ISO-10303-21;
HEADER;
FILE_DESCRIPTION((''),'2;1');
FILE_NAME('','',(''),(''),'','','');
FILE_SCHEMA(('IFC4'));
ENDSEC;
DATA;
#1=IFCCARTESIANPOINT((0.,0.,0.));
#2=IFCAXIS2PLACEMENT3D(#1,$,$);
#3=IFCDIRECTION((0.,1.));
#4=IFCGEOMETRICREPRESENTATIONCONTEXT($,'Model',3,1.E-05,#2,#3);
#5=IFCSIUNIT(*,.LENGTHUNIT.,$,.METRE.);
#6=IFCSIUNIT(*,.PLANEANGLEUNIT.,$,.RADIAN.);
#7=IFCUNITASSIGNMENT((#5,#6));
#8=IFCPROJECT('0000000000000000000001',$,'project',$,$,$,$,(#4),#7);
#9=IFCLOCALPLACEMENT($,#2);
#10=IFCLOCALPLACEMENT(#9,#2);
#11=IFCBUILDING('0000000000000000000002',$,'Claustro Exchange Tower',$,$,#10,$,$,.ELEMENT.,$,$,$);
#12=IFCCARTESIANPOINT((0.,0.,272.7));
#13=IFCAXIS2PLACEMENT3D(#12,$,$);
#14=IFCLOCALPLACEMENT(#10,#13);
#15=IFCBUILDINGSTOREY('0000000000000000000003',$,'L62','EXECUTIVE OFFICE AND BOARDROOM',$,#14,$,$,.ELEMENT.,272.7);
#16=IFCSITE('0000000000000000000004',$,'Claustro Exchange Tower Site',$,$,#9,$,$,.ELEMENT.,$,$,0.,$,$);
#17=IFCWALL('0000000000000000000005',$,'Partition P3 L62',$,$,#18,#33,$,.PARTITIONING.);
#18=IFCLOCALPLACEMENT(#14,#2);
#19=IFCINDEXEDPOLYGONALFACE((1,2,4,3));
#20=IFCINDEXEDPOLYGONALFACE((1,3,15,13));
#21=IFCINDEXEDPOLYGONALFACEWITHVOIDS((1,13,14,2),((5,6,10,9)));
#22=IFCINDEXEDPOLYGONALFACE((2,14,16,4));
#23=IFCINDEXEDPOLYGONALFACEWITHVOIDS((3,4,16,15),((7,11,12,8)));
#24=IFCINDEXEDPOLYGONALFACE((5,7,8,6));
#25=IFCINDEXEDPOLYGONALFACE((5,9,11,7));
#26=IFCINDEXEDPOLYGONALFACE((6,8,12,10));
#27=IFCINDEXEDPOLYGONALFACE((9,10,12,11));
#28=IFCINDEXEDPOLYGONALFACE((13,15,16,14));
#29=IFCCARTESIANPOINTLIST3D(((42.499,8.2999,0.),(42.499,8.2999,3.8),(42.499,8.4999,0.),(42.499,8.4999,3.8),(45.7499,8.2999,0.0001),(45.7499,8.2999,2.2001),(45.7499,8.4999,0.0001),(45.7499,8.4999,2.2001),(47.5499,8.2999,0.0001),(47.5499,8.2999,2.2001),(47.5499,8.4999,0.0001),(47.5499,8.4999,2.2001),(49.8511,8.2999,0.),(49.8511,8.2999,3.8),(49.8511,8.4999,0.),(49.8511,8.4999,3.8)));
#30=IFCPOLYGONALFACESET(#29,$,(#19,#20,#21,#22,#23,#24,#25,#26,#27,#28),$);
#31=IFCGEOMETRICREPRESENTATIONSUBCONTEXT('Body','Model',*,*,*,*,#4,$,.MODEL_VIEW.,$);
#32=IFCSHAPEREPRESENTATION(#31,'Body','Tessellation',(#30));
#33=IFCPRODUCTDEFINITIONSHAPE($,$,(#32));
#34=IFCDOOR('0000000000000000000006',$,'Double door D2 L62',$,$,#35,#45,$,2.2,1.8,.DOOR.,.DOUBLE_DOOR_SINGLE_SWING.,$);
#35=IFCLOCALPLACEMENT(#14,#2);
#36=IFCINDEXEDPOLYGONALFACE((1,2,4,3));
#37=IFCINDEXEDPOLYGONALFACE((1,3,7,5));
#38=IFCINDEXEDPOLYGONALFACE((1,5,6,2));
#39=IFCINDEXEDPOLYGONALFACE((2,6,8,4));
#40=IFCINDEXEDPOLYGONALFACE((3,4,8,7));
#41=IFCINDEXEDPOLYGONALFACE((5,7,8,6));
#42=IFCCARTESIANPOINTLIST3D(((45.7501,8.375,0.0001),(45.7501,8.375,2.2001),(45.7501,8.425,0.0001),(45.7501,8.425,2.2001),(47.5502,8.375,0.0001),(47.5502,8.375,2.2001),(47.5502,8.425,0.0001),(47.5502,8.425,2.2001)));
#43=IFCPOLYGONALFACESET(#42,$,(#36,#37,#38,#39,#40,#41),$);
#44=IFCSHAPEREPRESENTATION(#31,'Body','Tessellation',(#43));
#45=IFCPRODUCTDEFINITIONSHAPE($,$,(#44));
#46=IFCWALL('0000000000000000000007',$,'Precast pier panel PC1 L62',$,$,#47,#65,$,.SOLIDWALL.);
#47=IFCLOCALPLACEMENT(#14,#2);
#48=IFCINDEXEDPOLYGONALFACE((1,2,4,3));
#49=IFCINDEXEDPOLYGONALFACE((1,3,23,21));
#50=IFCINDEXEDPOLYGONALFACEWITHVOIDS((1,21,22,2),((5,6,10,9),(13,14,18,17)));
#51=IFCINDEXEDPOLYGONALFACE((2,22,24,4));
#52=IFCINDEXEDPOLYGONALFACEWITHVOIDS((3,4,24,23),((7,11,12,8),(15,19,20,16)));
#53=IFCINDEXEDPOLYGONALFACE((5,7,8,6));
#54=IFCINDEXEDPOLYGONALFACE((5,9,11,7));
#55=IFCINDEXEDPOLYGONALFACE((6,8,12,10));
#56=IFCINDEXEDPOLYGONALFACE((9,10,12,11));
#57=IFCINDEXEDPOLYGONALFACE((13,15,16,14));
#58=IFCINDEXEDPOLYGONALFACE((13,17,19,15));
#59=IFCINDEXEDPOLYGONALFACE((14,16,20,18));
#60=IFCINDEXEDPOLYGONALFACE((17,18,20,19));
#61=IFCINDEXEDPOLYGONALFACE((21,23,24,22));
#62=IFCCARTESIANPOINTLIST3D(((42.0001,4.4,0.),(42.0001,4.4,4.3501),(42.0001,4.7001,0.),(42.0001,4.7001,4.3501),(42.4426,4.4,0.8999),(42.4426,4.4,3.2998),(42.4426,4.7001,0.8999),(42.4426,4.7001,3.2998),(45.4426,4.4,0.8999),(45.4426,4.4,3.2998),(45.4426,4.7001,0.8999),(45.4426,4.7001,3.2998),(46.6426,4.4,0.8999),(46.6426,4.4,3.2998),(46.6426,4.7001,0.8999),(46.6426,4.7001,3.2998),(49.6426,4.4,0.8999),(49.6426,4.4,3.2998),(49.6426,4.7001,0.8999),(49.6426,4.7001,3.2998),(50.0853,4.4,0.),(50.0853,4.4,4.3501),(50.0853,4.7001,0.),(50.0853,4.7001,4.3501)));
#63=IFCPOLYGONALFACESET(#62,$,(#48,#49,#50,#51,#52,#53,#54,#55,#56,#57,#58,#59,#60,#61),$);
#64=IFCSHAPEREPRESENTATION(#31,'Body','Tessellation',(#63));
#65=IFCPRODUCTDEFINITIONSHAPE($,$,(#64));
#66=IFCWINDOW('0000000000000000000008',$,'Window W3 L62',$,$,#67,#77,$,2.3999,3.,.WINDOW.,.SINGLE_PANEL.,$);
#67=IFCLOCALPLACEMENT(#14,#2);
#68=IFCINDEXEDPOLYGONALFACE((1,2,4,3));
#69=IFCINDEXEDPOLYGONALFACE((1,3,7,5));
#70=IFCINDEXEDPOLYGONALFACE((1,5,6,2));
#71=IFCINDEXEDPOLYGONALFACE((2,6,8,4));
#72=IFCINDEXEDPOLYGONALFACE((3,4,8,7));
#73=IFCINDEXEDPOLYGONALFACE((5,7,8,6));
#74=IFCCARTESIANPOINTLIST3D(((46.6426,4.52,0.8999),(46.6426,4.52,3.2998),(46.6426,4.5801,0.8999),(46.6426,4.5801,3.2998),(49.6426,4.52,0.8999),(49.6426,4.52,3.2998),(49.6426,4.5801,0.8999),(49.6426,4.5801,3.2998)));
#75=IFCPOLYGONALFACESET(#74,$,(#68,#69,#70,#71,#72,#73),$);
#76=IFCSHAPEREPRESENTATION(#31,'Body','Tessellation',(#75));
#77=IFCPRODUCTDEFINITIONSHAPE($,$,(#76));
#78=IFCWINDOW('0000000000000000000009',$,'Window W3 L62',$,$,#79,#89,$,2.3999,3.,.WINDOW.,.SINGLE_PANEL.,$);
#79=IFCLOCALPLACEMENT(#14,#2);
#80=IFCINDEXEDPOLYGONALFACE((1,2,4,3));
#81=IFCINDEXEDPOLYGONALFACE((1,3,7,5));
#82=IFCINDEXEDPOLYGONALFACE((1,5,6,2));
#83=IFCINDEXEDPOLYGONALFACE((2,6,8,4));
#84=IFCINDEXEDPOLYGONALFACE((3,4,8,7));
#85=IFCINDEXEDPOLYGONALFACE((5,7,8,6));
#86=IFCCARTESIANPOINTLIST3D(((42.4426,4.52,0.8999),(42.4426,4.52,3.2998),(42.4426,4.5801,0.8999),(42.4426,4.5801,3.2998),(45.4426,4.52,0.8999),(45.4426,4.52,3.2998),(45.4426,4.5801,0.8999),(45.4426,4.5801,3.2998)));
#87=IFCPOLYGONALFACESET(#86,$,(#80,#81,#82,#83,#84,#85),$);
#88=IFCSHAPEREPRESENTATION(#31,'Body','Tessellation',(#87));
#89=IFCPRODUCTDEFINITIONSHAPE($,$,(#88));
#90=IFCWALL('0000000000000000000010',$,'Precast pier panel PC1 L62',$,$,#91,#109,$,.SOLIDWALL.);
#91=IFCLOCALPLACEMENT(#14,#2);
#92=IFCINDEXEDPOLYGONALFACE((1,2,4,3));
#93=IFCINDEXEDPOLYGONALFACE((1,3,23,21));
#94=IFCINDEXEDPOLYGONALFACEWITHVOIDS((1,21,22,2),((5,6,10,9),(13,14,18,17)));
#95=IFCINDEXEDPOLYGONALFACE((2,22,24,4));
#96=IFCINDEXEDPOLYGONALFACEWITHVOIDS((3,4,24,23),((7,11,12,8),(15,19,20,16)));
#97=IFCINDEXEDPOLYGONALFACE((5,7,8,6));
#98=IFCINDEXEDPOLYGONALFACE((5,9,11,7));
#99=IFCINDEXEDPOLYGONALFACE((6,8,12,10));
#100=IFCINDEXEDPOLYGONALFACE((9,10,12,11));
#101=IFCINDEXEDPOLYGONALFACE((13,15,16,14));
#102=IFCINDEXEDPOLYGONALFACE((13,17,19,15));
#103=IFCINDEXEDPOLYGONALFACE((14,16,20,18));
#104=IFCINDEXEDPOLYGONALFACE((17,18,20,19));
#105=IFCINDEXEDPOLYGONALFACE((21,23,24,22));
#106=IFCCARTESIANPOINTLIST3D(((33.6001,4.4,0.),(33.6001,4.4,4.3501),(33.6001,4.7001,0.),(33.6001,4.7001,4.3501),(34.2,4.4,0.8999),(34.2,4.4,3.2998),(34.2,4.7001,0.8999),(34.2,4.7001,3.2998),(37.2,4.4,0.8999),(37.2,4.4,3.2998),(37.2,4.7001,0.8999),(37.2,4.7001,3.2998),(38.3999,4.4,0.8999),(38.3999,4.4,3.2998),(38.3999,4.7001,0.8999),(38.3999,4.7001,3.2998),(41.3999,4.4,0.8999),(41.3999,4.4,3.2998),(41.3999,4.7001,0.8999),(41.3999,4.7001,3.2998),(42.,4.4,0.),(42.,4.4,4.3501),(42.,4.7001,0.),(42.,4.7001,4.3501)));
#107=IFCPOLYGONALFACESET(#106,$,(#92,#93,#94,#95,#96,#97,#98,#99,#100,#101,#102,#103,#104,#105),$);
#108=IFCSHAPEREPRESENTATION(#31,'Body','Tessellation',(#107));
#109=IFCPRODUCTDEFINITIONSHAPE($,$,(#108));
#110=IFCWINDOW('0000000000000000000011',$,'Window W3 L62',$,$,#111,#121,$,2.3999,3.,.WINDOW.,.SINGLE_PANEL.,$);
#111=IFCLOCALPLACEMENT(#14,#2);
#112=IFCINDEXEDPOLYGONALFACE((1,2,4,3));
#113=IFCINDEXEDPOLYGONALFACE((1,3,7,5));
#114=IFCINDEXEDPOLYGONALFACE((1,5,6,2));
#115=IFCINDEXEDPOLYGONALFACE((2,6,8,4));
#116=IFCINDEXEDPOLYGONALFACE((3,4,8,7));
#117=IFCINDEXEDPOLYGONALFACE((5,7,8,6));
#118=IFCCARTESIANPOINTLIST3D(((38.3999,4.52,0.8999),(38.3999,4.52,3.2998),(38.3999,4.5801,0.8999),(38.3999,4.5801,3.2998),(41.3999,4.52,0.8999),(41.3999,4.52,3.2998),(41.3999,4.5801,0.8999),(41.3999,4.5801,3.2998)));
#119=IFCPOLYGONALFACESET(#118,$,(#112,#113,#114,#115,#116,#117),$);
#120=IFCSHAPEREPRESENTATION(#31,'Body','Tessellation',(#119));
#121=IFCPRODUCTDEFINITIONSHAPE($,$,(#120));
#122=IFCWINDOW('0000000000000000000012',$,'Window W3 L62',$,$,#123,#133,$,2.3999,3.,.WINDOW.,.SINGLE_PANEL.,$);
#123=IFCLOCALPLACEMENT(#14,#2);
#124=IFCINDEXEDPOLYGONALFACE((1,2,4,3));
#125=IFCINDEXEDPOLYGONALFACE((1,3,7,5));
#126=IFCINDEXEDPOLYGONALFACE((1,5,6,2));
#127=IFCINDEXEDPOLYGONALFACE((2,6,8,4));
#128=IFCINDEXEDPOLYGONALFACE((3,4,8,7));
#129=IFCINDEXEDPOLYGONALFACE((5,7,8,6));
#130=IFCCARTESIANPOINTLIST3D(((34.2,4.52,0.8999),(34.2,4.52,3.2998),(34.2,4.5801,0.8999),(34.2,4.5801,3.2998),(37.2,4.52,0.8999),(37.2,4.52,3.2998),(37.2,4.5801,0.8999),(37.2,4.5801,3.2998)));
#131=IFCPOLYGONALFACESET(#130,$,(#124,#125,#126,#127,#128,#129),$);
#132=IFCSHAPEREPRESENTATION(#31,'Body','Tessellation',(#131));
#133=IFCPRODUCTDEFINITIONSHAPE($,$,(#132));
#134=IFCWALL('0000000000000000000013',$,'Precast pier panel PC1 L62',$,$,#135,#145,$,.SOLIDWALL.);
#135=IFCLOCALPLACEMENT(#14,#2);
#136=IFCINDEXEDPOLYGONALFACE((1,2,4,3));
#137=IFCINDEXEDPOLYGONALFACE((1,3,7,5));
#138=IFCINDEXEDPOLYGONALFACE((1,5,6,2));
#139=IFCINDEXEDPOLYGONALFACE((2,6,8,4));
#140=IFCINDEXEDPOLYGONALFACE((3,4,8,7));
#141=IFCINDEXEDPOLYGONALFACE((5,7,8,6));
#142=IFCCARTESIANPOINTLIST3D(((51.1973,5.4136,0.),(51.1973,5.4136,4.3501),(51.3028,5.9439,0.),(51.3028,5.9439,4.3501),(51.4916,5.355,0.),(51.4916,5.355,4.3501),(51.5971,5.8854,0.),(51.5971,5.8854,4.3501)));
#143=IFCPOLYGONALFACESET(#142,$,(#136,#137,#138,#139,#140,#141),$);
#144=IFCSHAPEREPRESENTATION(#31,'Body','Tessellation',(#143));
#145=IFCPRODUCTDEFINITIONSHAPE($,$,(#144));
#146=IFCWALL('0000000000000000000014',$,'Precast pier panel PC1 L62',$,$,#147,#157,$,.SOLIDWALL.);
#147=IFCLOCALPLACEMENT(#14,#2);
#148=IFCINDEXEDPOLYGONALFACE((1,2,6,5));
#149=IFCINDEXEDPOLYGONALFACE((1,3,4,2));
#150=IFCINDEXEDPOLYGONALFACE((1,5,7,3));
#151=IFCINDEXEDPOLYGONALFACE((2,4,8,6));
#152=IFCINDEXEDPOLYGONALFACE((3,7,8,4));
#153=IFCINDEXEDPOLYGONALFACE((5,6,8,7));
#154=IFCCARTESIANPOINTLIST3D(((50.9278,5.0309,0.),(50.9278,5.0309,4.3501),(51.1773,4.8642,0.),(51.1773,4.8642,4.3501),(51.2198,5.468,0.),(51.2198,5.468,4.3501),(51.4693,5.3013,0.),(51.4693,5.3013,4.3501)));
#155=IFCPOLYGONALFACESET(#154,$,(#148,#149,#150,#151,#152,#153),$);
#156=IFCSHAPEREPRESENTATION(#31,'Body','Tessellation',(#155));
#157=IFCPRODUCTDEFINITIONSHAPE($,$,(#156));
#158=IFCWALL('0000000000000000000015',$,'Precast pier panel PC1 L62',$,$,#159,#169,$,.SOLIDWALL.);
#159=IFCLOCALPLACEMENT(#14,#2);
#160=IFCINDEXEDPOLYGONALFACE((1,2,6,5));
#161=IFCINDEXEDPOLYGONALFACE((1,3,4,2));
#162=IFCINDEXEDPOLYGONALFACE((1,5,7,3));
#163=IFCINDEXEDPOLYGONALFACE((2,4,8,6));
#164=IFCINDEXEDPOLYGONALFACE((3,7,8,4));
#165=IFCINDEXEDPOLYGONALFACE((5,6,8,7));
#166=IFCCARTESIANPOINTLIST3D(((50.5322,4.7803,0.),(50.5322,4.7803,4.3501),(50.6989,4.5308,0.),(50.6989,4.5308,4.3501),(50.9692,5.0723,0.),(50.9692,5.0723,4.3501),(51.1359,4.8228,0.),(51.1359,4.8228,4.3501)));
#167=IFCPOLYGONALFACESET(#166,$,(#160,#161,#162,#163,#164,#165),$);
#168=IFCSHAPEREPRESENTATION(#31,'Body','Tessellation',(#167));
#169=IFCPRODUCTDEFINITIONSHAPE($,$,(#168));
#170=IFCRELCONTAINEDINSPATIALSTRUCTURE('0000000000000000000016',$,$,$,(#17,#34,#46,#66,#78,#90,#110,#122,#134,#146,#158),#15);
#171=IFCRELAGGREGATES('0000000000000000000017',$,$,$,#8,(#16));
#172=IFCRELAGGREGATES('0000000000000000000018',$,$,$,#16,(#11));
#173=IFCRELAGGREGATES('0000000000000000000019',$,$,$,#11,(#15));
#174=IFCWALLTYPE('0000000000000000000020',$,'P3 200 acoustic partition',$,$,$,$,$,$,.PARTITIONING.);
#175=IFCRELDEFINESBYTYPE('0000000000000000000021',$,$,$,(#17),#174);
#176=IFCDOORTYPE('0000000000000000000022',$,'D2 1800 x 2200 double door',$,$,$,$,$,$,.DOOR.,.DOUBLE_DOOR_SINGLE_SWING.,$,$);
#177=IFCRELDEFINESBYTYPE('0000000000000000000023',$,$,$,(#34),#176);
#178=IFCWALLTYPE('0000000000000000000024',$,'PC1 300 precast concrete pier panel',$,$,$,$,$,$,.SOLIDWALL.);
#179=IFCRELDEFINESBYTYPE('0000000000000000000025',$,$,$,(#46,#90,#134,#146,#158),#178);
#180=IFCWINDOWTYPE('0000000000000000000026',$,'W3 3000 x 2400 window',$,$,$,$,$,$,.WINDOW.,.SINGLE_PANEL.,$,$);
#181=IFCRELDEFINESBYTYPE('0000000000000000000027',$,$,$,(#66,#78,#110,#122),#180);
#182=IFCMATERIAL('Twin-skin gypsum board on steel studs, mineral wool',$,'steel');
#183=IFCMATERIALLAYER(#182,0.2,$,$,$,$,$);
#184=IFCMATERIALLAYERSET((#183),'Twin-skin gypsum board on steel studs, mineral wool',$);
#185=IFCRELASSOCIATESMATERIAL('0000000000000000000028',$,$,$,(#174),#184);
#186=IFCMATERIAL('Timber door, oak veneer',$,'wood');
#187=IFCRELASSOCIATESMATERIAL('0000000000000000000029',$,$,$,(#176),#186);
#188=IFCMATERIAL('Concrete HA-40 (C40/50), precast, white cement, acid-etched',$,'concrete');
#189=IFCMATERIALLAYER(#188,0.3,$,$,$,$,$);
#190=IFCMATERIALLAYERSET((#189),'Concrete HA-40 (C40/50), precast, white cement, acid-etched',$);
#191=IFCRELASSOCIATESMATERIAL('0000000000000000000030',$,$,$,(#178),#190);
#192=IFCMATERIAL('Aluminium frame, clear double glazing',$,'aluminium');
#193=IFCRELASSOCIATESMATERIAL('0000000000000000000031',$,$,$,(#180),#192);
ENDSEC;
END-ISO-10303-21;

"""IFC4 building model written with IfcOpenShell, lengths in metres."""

from ifc_helpers import new_model, si_unit, direction, frame, frame_2d, origin, place, context, subcontext, project, spatial, rectangle, extrude, material, layer, layer_set, type_object, element, fill, save


model = new_model("IFC4")

# Units and contexts
model_context = context("Model", 3, precision=1e-05, world=origin(), true_north=direction((0.0, 1.0)))
body_context = subcontext(model_context, "Body", "Model", "MODEL_VIEW")
ifc_project = project(units=[si_unit("LENGTHUNIT", "METRE"), si_unit("PLANEANGLEUNIT", "RADIAN")], contexts=[model_context])

# Site, building, storey
site_placement = place(None, origin())
site = spatial("IfcSite", under=ifc_project, at=site_placement, Name="Claustro Exchange Tower Site", CompositionType="ELEMENT", RefElevation=0.0)
building_placement = place(site_placement, origin())
building = spatial("IfcBuilding", under=site, at=building_placement, Name="Claustro Exchange Tower", CompositionType="ELEMENT")
storey_placement = place(building_placement, frame((0.0, 0.0, 272.7)))
storey = spatial("IfcBuildingStorey", under=building, at=storey_placement, Name="L62", Description="EXECUTIVE OFFICE AND BOARDROOM", CompositionType="ELEMENT", Elevation=272.7)

# Wall, opening, door
ifc_material_1 = material(Name="Twin-skin gypsum board on steel studs, mineral wool", Category="steel")
ifc_layer_1 = layer(ifc_material_1, 0.2)
ifc_layer_set_1 = layer_set([ifc_layer_1], Name="Twin-skin gypsum board on steel studs, mineral wool")
wall_type_1 = type_object("IfcWallType", Name="P3 200 acoustic partition", PredefinedType="PARTITIONING", material=ifc_layer_set_1)
wall_1_placement = place(storey_placement, frame((42.499, 8.3999, 0.0), z_axis=(0.0, 0.0, 1.0), x_axis=(1.0, 0.0, 0.0)))
wall_1 = element("IfcWall", 1, at=wall_1_placement, inside=storey, type_object=wall_type_1, Name="Partition P3 L62", PredefinedType="PARTITIONING", context=body_context, shape_type="SweptSolid", body=[
    extrude(rectangle(XDim=7.3521, YDim=0.2, at=frame_2d((3.676, 0.0))), origin(), (0.0, 0.0, 1.0), 3.8),
])
opening_1_placement = place(wall_1_placement, frame((3.251, 0.0, 0.0)))
opening_1 = element("IfcOpeningElement", 2, at=opening_1_placement, cuts=wall_1, PredefinedType="OPENING", context=body_context, shape_type="SweptSolid", body=[
    extrude(rectangle(XDim=1.8, YDim=2.2, at=frame_2d((0.8999, 1.1001))), frame((0.0, 0.1099, 0.0), z_axis=(0.0, -1.0, 0.0), x_axis=(1.0, 0.0, 0.0)), (0.0, 0.0, 1.0), 0.22),
])
ifc_material_2 = material(Name="Timber door, oak veneer", Category="wood")
door_type = type_object("IfcDoorType", Name="D2 1800 x 2200 double door", OperationType="DOUBLE_DOOR_SINGLE_SWING", PredefinedType="DOOR", material=ifc_material_2)
door_placement = place(opening_1_placement, frame((1.8, 0.0, 0.0), z_axis=(0.0, 0.0, 1.0), x_axis=(-1.0, 0.0, 0.0)))
door = element("IfcDoor", 3, at=door_placement, inside=storey, type_object=door_type, Name="Double door D2 L62", OperationType="DOUBLE_DOOR_SINGLE_SWING", OverallHeight=2.2, OverallWidth=1.8, PredefinedType="DOOR", context=body_context, shape_type="SweptSolid", body=[
    extrude(rectangle(XDim=1.8, YDim=2.2, at=frame_2d((0.8999, 1.1001))), frame((0.0, 0.0249, 0.0), z_axis=(0.0, -1.0, 0.0), x_axis=(1.0, 0.0, 0.0)), (0.0, 0.0, 1.0), 0.05),
])
fill(opening_1, door)

# Walls, openings, windows
ifc_material_3 = material(Name="Concrete HA-40 (C40/50), precast, white cement, acid-etched", Category="concrete")
ifc_layer_2 = layer(ifc_material_3, 0.3)
ifc_layer_set_2 = layer_set([ifc_layer_2], Name="Concrete HA-40 (C40/50), precast, white cement, acid-etched")
wall_type_2 = type_object("IfcWallType", Name="PC1 300 precast concrete pier panel", PredefinedType="SOLIDWALL", material=ifc_layer_set_2)
wall_2_placement = place(storey_placement, frame((50.0852, 4.55, 0.0), z_axis=(0.0, 0.0, 1.0), x_axis=(-1.0, 0.0, 0.0)))
wall_2 = element("IfcWall", 4, at=wall_2_placement, inside=storey, type_object=wall_type_2, Name="Precast pier panel PC1 L62", PredefinedType="SOLIDWALL", context=body_context, shape_type="SweptSolid", body=[
    extrude(rectangle(XDim=8.0852, YDim=0.3, at=frame_2d((4.0425, 0.0))), origin(), (0.0, 0.0, 1.0), 4.3501),
])
opening_2_placement = place(wall_2_placement, frame((0.4426, 0.0, 0.8999)))
opening_2 = element("IfcOpeningElement", 5, at=opening_2_placement, cuts=wall_2, PredefinedType="OPENING", context=body_context, shape_type="SweptSolid", body=[
    extrude(rectangle(XDim=3.0, YDim=2.3999, at=frame_2d((1.5, 1.2))), frame((0.0, 0.1599, 0.0), z_axis=(0.0, -1.0, 0.0), x_axis=(1.0, 0.0, 0.0)), (0.0, 0.0, 1.0), 0.3201),
])
opening_3_placement = place(wall_2_placement, frame((4.6426, 0.0, 0.8999)))
opening_3 = element("IfcOpeningElement", 6, at=opening_3_placement, cuts=wall_2, PredefinedType="OPENING", context=body_context, shape_type="SweptSolid", body=[
    extrude(rectangle(XDim=3.0, YDim=2.3999, at=frame_2d((1.5, 1.2))), frame((0.0, 0.1599, 0.0), z_axis=(0.0, -1.0, 0.0), x_axis=(1.0, 0.0, 0.0)), (0.0, 0.0, 1.0), 0.3201),
])
ifc_material_4 = material(Name="Aluminium frame, clear double glazing", Category="aluminium")
window_type = type_object("IfcWindowType", Name="W3 3000 x 2400 window", PartitioningType="SINGLE_PANEL", PredefinedType="WINDOW", material=ifc_material_4)
window_1_placement = place(opening_2_placement, origin())
window_1 = element("IfcWindow", 7, at=window_1_placement, inside=storey, type_object=window_type, Name="Window W3 L62", OverallHeight=2.3999, OverallWidth=3.0, PartitioningType="SINGLE_PANEL", PredefinedType="WINDOW", context=body_context, shape_type="SweptSolid", body=[
    extrude(rectangle(XDim=3.0, YDim=2.3999, at=frame_2d((1.5, 1.2))), frame((0.0, 0.03, 0.0), z_axis=(0.0, -1.0, 0.0), x_axis=(1.0, 0.0, 0.0)), (0.0, 0.0, 1.0), 0.0601),
])
fill(opening_2, window_1)
window_2_placement = place(opening_3_placement, origin())
window_2 = element("IfcWindow", 8, at=window_2_placement, inside=storey, type_object=window_type, Name="Window W3 L62", OverallHeight=2.3999, OverallWidth=3.0, PartitioningType="SINGLE_PANEL", PredefinedType="WINDOW", context=body_context, shape_type="SweptSolid", body=[
    extrude(rectangle(XDim=3.0, YDim=2.3999, at=frame_2d((1.5, 1.2))), frame((0.0, 0.03, 0.0), z_axis=(0.0, -1.0, 0.0), x_axis=(1.0, 0.0, 0.0)), (0.0, 0.0, 1.0), 0.0601),
])
fill(opening_3, window_2)
wall_3_placement = place(storey_placement, frame((42.0, 4.55, 0.0), z_axis=(0.0, 0.0, 1.0), x_axis=(-1.0, 0.0, 0.0)))
wall_3 = element("IfcWall", 9, at=wall_3_placement, inside=storey, type_object=wall_type_2, Name="Precast pier panel PC1 L62", PredefinedType="SOLIDWALL", context=body_context, shape_type="SweptSolid", body=[
    extrude(rectangle(XDim=8.3999, YDim=0.3, at=frame_2d((4.2, 0.0))), origin(), (0.0, 0.0, 1.0), 4.3501),
])
opening_4_placement = place(wall_3_placement, frame((0.6001, 0.0, 0.8999)))
opening_4 = element("IfcOpeningElement", 10, at=opening_4_placement, cuts=wall_3, PredefinedType="OPENING", context=body_context, shape_type="SweptSolid", body=[
    extrude(rectangle(XDim=3.0, YDim=2.3999, at=frame_2d((1.5, 1.2))), frame((0.0, 0.1599, 0.0), z_axis=(0.0, -1.0, 0.0), x_axis=(1.0, 0.0, 0.0)), (0.0, 0.0, 1.0), 0.3201),
])
opening_5_placement = place(wall_3_placement, frame((4.8, 0.0, 0.8999)))
opening_5 = element("IfcOpeningElement", 11, at=opening_5_placement, cuts=wall_3, PredefinedType="OPENING", context=body_context, shape_type="SweptSolid", body=[
    extrude(rectangle(XDim=3.0, YDim=2.3999, at=frame_2d((1.5, 1.2))), frame((0.0, 0.1599, 0.0), z_axis=(0.0, -1.0, 0.0), x_axis=(1.0, 0.0, 0.0)), (0.0, 0.0, 1.0), 0.3201),
])
window_3_placement = place(opening_4_placement, origin())
window_3 = element("IfcWindow", 12, at=window_3_placement, inside=storey, type_object=window_type, Name="Window W3 L62", OverallHeight=2.3999, OverallWidth=3.0, PartitioningType="SINGLE_PANEL", PredefinedType="WINDOW", context=body_context, shape_type="SweptSolid", body=[
    extrude(rectangle(XDim=3.0, YDim=2.3999, at=frame_2d((1.5, 1.2))), frame((0.0, 0.03, 0.0), z_axis=(0.0, -1.0, 0.0), x_axis=(1.0, 0.0, 0.0)), (0.0, 0.0, 1.0), 0.0601),
])
fill(opening_4, window_3)
window_4_placement = place(opening_5_placement, origin())
window_4 = element("IfcWindow", 13, at=window_4_placement, inside=storey, type_object=window_type, Name="Window W3 L62", OverallHeight=2.3999, OverallWidth=3.0, PartitioningType="SINGLE_PANEL", PredefinedType="WINDOW", context=body_context, shape_type="SweptSolid", body=[
    extrude(rectangle(XDim=3.0, YDim=2.3999, at=frame_2d((1.5, 1.2))), frame((0.0, 0.03, 0.0), z_axis=(0.0, -1.0, 0.0), x_axis=(1.0, 0.0, 0.0)), (0.0, 0.0, 1.0), 0.0601),
])
fill(opening_5, window_4)

# Walls
wall_4_placement = place(storey_placement, frame((51.45, 5.9148, 0.0), z_axis=(0.0, 0.0, 1.0), x_axis=(-0.195074, -0.980789, 0.0)))
element("IfcWall", 14, at=wall_4_placement, inside=storey, type_object=wall_type_2, Name="Precast pier panel PC1 L62", PredefinedType="SOLIDWALL", context=body_context, shape_type="SweptSolid", body=[
    extrude(rectangle(XDim=0.5408, YDim=0.3, at=frame_2d((0.2705, 0.0))), origin(), (0.0, 0.0, 1.0), 4.3501),
])
for number, where, z_axis, x_axis, name in (
    (15, (51.3445, 5.3845, 0.0), (0.0, 0.0, 1.0), (-0.555557, -0.831478, 0.0), "Precast pier panel PC1 L62"),
    (16, (51.0525, 4.9475, 0.0), (0.0, 0.0, 1.0), (-0.831478, -0.555557, 0.0), "Precast pier panel PC1 L62"),
):
    element("IfcWall", number, at=place(storey_placement, frame(where, z_axis=z_axis, x_axis=x_axis)), inside=storey, type_object=wall_type_2, Name=name, PredefinedType="SOLIDWALL", context=body_context, shape_type="SweptSolid", body=[
        extrude(rectangle(XDim=0.5256, YDim=0.3, at=frame_2d((0.2627, 0.0))), origin(), (0.0, 0.0, 1.0), 4.3501),
    ])

save(model, "model.ifc")
